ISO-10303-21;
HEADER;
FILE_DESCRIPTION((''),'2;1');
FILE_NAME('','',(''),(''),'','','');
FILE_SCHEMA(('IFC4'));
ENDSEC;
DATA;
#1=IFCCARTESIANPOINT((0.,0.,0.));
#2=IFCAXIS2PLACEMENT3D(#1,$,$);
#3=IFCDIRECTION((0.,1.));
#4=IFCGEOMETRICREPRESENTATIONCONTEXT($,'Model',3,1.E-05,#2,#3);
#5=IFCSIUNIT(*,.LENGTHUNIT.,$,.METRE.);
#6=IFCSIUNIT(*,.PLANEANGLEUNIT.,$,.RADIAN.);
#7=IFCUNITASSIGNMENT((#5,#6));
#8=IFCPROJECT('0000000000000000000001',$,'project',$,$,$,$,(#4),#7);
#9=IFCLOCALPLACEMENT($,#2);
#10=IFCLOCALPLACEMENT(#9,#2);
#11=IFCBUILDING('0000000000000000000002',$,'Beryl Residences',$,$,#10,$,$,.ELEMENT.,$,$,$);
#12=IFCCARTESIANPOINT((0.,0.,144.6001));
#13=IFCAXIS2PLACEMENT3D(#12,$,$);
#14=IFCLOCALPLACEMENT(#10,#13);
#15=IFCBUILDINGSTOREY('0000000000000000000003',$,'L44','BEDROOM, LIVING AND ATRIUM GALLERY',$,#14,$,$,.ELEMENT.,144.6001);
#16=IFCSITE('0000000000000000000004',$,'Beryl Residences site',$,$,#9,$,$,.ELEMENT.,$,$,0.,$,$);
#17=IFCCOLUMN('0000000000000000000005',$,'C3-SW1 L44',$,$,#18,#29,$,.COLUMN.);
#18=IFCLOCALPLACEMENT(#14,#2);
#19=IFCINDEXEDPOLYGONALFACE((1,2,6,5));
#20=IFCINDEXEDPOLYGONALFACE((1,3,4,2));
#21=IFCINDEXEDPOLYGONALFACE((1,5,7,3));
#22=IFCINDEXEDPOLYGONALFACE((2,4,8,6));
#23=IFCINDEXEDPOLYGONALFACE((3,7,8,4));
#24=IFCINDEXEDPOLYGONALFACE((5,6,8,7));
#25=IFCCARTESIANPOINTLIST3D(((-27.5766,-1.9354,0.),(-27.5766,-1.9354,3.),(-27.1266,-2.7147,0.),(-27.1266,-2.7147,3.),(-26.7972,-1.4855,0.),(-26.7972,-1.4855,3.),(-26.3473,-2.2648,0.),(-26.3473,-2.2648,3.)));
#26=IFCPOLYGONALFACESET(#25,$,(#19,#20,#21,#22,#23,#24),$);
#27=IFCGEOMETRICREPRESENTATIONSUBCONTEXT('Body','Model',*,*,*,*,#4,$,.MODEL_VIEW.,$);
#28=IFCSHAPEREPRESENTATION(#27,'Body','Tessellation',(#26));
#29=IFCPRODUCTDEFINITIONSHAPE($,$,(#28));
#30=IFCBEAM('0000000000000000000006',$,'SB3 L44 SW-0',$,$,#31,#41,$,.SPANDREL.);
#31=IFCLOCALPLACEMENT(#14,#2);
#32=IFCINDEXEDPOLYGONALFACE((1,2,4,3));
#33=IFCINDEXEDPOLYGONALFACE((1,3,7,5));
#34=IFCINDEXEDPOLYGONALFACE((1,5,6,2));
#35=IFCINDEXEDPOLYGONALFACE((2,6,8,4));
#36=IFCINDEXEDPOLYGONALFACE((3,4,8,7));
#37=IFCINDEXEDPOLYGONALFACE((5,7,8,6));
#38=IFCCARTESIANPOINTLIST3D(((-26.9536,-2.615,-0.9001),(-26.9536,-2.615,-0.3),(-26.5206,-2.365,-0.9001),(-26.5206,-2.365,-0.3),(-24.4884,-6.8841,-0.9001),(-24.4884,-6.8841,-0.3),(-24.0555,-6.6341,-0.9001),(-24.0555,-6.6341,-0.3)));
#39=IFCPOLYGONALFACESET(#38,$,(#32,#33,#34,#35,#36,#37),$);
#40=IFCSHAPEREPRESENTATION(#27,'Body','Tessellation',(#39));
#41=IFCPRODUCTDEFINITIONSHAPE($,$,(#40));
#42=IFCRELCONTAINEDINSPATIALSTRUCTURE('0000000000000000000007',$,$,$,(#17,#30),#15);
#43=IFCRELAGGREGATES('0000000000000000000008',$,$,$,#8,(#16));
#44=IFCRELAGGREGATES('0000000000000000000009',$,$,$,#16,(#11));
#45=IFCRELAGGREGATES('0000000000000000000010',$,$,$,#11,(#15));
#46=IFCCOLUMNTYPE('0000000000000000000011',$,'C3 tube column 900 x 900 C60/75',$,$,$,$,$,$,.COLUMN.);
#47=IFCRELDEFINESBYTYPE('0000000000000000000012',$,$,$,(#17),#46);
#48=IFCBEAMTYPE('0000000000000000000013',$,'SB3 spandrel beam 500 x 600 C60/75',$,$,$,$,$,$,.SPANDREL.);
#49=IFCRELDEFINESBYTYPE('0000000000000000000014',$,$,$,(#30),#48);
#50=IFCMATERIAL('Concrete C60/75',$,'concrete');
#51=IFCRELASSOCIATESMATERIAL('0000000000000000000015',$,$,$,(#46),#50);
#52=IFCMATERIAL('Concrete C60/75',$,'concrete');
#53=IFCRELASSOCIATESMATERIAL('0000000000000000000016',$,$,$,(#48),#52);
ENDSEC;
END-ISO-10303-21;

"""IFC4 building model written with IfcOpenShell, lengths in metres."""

from ifc_helpers import new_model, si_unit, direction, frame, origin, origin_2d, place, context, subcontext, project, spatial, rectangle, extrude, material, material_profile, profile_set, type_object, element, save


model = new_model("IFC4")

# Units and contexts
model_context = context("Model", 3, precision=1e-05, world=origin(), true_north=direction((0.0, 1.0)))
body_context = subcontext(model_context, "Body", "Model", "MODEL_VIEW")
ifc_project = project(units=[si_unit("LENGTHUNIT", "METRE"), si_unit("PLANEANGLEUNIT", "RADIAN")], contexts=[model_context])

# Site, building, storey
site_placement = place(None, origin())
site = spatial("IfcSite", under=ifc_project, at=site_placement, Name="Beryl Residences site", CompositionType="ELEMENT", RefElevation=0.0)
building_placement = place(site_placement, origin())
building = spatial("IfcBuilding", under=site, at=building_placement, Name="Beryl Residences", CompositionType="ELEMENT")
storey_placement = place(building_placement, frame((0.0, 0.0, 144.6001)))
storey = spatial("IfcBuildingStorey", under=building, at=storey_placement, Name="L44", Description="BEDROOM, LIVING AND ATRIUM GALLERY", CompositionType="ELEMENT", Elevation=144.6001)

# Column
ifc_material_1 = material(Name="Concrete C60/75", Category="concrete")
ifc_material_profile_1 = material_profile(ifc_material_1, rectangle(XDim=0.8999, YDim=0.8999, at=origin_2d()))
ifc_profile_set_1 = profile_set([ifc_material_profile_1], Name="Concrete C60/75")
column_type = type_object("IfcColumnType", Name="C3 tube column 900 x 900 C60/75", PredefinedType="COLUMN", material=ifc_profile_set_1)
column_placement = place(storey_placement, frame((-26.9619, -2.1001, 0.0), z_axis=(0.0, 0.0, 1.0), x_axis=(0.5, -0.866025, 0.0)))
element("IfcColumn", 1, at=column_placement, inside=storey, type_object=column_type, Name="C3-SW1 L44", PredefinedType="COLUMN", context=body_context, shape_type="SweptSolid", body=[
    extrude(rectangle(XDim=0.8999, YDim=0.8999, at=origin_2d()), origin(), (0.0, 0.0, 1.0), 3.0),
])

# Beam
ifc_material_2 = material(Name="Concrete C60/75", Category="concrete")
ifc_material_profile_2 = material_profile(ifc_material_2, rectangle(XDim=0.5, YDim=0.6001, at=origin_2d()))
ifc_profile_set_2 = profile_set([ifc_material_profile_2], Name="Concrete C60/75")
beam_type = type_object("IfcBeamType", Name="SB3 spandrel beam 500 x 600 C60/75", PredefinedType="SPANDREL", material=ifc_profile_set_2)
beam_placement = place(storey_placement, frame((-26.7371, -2.49, -0.6001), z_axis=(0.500054, -0.865994, 0.0), x_axis=(0.865994, 0.500054, 0.0)))
element("IfcBeam", 2, at=beam_placement, inside=storey, type_object=beam_type, Name="SB3 L44 SW-0", PredefinedType="SPANDREL", context=body_context, shape_type="SweptSolid", body=[
    extrude(rectangle(XDim=0.5, YDim=0.6001, at=origin_2d()), origin(), (0.0, 0.0, 1.0), 4.9297),
])

save(model, "model.ifc")
